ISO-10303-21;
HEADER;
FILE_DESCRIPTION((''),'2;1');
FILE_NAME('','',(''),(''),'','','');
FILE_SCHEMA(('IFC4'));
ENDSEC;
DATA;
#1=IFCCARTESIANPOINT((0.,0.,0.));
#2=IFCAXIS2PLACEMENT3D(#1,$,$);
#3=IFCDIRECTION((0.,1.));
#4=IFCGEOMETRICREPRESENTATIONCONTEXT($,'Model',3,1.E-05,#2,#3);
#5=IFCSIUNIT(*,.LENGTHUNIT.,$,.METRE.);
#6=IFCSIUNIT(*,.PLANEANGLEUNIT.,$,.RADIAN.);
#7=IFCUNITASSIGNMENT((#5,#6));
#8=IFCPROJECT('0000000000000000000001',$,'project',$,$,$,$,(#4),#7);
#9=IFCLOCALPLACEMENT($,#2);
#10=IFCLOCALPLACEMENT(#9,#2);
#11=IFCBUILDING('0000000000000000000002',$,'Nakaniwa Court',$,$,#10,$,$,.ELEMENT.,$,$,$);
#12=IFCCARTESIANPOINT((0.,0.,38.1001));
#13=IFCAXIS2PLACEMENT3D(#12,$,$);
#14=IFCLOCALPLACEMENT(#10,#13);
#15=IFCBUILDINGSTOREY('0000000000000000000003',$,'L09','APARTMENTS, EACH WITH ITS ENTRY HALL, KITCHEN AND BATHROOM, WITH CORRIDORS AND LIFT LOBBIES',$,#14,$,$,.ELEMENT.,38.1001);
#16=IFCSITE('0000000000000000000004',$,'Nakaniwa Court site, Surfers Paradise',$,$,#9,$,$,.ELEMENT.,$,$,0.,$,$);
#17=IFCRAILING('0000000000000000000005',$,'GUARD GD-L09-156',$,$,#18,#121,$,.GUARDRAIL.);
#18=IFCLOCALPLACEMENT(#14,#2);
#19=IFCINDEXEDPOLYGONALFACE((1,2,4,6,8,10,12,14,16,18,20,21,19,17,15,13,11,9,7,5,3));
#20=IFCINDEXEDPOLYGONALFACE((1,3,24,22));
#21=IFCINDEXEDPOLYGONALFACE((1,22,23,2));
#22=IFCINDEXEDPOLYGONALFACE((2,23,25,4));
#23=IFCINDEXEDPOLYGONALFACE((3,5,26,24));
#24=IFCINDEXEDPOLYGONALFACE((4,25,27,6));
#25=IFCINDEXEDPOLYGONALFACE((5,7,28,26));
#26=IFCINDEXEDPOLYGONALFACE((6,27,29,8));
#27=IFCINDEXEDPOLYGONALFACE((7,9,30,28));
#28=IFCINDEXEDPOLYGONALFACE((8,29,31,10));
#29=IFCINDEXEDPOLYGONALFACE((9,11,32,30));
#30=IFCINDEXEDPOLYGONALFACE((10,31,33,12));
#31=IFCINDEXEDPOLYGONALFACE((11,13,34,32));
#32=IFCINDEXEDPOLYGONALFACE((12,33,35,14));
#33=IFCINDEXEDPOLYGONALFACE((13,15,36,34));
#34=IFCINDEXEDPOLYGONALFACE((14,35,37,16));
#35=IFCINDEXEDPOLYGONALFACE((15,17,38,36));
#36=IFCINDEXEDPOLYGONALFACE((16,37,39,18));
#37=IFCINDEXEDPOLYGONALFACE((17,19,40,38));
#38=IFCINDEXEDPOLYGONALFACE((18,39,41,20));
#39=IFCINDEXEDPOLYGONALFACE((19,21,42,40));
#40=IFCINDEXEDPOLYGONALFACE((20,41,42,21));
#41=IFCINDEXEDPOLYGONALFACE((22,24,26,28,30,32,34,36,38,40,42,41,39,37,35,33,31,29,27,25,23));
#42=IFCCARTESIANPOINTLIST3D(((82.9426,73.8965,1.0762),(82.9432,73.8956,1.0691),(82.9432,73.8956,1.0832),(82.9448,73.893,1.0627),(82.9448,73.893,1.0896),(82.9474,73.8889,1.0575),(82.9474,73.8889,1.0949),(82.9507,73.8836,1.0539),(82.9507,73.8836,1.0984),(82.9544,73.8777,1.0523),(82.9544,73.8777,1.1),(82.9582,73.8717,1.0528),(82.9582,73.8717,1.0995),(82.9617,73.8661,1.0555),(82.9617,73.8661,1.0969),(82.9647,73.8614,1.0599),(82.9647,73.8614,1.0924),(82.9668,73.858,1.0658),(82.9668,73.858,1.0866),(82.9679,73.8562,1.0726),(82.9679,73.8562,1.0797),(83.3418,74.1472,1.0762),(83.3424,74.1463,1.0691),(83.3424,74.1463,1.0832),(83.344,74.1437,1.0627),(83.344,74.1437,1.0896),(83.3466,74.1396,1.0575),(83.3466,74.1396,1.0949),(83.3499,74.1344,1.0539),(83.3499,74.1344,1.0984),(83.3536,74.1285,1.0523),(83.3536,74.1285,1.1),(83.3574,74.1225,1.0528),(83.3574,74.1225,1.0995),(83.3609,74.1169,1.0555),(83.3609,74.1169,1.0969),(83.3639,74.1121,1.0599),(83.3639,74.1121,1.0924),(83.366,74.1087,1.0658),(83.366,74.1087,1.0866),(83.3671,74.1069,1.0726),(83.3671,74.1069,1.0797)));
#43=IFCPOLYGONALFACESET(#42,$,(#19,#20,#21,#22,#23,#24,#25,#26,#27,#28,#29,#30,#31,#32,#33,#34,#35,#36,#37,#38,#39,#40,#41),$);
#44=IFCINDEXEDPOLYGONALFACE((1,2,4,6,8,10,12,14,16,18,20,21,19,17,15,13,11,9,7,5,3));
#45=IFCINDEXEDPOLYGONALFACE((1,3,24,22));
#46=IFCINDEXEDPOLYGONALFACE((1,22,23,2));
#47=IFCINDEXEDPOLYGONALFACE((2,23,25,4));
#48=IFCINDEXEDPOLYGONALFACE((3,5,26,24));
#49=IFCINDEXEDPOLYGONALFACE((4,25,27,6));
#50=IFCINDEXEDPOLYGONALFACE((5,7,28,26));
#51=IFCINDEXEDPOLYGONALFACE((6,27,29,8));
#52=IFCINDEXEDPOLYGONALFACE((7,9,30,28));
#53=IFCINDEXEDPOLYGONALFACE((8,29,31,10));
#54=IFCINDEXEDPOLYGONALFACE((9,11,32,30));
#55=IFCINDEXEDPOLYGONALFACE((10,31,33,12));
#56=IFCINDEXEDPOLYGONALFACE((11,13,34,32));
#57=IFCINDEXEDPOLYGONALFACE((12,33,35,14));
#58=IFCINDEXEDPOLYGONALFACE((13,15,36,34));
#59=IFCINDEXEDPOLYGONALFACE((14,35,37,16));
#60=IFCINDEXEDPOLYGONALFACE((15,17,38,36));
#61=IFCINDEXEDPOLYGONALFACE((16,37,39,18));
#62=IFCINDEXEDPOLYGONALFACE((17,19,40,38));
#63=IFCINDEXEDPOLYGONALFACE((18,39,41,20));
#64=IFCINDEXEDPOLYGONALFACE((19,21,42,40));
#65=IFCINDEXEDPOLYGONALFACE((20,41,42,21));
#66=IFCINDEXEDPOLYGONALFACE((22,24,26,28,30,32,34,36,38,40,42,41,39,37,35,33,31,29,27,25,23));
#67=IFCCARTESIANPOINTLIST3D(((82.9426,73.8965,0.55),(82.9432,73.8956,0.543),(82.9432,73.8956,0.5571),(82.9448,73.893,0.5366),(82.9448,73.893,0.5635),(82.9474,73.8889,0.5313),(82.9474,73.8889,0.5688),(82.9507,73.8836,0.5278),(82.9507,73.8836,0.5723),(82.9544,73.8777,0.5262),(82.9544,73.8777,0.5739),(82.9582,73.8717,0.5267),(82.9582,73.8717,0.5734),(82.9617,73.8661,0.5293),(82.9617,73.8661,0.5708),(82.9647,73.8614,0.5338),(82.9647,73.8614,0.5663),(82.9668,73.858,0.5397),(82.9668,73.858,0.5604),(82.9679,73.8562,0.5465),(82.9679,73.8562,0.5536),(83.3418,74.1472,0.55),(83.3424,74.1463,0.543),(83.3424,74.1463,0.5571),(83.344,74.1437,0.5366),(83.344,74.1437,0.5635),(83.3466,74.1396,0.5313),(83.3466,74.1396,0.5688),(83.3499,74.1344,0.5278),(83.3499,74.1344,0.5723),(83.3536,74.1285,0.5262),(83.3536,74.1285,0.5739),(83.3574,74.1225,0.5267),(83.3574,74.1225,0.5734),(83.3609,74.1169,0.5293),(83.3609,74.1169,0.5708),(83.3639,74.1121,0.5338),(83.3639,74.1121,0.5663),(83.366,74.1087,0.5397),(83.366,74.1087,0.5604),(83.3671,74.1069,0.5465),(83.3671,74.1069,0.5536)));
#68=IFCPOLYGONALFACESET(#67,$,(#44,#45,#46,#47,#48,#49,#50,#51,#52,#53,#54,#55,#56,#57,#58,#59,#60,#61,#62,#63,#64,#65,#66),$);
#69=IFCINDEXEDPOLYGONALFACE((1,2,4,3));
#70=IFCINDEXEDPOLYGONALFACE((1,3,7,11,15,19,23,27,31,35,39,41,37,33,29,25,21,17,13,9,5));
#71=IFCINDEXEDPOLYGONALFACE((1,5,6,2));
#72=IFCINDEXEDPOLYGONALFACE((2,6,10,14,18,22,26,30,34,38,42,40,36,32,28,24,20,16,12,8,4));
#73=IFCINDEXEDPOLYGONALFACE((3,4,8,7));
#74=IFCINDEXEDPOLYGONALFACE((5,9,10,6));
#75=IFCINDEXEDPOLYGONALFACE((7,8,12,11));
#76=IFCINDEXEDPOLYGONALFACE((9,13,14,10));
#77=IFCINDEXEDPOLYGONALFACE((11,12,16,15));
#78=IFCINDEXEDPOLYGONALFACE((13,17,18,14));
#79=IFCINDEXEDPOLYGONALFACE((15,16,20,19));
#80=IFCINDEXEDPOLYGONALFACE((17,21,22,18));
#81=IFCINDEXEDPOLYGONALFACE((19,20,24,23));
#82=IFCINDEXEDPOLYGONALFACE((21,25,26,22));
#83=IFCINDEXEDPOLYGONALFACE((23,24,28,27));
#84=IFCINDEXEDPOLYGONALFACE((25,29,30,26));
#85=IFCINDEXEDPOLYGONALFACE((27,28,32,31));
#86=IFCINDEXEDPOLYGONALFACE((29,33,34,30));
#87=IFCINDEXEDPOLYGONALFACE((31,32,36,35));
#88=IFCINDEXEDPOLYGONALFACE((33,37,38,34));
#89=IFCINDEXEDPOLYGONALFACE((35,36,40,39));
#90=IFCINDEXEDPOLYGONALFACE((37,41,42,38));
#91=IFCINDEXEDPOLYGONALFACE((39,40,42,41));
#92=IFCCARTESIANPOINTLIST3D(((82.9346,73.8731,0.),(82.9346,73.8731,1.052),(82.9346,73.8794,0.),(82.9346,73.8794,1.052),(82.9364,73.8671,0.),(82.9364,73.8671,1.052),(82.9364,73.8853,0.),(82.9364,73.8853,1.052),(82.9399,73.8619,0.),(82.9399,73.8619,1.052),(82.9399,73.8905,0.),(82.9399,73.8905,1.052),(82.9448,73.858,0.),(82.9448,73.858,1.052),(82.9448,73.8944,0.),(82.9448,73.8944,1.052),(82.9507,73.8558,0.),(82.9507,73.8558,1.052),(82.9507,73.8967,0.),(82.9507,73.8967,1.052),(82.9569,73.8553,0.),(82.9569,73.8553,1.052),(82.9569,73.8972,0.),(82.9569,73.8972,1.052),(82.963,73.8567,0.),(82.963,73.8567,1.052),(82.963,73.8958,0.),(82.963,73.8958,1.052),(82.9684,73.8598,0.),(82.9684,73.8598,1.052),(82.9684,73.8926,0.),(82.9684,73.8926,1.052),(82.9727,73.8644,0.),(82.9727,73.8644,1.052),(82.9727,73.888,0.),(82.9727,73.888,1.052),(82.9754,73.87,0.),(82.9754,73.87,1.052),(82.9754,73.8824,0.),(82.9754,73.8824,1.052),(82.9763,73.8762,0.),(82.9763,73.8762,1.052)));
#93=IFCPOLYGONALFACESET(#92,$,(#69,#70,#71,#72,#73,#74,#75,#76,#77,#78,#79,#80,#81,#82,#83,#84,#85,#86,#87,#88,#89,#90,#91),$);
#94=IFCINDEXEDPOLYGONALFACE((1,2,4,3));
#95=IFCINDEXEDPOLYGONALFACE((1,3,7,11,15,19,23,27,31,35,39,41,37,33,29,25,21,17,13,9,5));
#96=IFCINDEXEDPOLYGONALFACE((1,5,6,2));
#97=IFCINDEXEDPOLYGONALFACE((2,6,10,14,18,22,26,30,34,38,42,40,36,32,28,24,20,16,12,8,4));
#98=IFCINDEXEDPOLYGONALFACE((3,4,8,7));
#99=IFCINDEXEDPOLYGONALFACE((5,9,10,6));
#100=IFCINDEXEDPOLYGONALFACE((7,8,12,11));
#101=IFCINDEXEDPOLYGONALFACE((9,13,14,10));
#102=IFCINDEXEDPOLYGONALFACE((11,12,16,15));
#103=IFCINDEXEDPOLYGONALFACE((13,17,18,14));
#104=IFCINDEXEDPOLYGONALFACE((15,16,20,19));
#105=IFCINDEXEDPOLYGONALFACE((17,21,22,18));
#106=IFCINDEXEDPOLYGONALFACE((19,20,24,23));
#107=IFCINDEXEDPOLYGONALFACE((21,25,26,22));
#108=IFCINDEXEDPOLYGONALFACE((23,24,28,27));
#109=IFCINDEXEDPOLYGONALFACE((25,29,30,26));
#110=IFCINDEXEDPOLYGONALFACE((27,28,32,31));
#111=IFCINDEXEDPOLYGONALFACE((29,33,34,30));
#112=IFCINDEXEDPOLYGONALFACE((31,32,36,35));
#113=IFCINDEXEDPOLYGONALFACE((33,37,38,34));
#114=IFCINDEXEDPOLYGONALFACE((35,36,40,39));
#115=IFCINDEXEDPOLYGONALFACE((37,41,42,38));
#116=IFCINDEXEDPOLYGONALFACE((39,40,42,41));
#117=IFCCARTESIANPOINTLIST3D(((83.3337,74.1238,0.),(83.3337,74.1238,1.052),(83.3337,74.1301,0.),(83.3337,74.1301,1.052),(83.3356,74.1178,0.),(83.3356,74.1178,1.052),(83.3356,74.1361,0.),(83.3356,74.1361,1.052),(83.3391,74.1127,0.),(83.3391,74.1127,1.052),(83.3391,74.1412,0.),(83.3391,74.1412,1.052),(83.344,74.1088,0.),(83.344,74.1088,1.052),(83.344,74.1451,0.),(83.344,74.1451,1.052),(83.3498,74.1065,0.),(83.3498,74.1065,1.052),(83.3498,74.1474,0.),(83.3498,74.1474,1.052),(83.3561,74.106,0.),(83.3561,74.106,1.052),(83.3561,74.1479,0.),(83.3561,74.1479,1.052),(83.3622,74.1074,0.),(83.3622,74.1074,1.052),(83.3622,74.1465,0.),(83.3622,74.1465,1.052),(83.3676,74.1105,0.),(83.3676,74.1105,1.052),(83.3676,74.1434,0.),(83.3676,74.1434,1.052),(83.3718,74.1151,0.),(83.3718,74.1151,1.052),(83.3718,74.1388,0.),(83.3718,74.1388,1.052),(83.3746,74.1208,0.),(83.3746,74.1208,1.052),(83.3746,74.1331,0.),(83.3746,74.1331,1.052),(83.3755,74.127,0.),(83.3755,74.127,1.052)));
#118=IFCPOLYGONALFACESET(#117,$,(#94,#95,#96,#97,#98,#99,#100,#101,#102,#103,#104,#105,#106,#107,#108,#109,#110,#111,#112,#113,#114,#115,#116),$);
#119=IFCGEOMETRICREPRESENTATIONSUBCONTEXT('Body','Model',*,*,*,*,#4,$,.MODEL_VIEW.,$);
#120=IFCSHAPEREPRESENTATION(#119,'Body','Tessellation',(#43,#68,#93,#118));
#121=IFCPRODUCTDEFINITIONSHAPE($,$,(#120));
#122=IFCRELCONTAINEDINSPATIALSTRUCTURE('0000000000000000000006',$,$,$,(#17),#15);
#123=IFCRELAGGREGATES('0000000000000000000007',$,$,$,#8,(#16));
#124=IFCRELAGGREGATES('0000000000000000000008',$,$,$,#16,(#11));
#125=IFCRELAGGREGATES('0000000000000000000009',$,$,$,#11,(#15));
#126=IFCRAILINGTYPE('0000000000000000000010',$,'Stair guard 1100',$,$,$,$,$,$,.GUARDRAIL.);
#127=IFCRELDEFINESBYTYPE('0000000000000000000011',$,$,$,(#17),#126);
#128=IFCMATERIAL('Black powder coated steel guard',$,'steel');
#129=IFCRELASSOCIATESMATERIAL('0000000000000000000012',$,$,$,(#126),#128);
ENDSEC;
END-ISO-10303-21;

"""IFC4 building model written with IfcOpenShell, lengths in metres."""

from ifc_helpers import new_model, si_unit, direction, frame, origin, origin_2d, place, context, subcontext, project, spatial, circle, extrude, material, type_object, element, save


model = new_model("IFC4")

# Units and contexts
model_context = context("Model", 3, precision=1e-05, world=origin(), true_north=direction((0.0, 1.0)))
body_context = subcontext(model_context, "Body", "Model", "MODEL_VIEW")
ifc_project = project(units=[si_unit("LENGTHUNIT", "METRE"), si_unit("PLANEANGLEUNIT", "RADIAN")], contexts=[model_context])

# Site, building, storey
site_placement = place(None, origin())
site = spatial("IfcSite", under=ifc_project, at=site_placement, Name="Nakaniwa Court site, Surfers Paradise", CompositionType="ELEMENT", RefElevation=0.0)
building_placement = place(site_placement, origin())
building = spatial("IfcBuilding", under=site, at=building_placement, Name="Nakaniwa Court", CompositionType="ELEMENT")
storey_placement = place(building_placement, frame((0.0, 0.0, 38.1001)))
storey = spatial("IfcBuildingStorey", under=building, at=storey_placement, Name="L09", Description="APARTMENTS, EACH WITH ITS ENTRY HALL, KITCHEN AND BATHROOM, WITH CORRIDORS AND LIFT LOBBIES", CompositionType="ELEMENT", Elevation=38.1001)

# Railing
ifc_material_1 = material(Name="Black powder coated steel guard", Category="steel")
railing_type = type_object("IfcRailingType", Name="Stair guard 1100", PredefinedType="GUARDRAIL", material=ifc_material_1)
railing_1_placement = place(storey_placement, frame((82.9553, 73.8762, 0.0)))
element("IfcRailing", 1, at=railing_1_placement, inside=storey, type_object=railing_type, Name="GUARD GD-L09-156", PredefinedType="GUARDRAIL", context=body_context, shape_type="SweptSolid", body=[
    extrude(circle(Radius=0.0239, at=origin_2d()), frame((0.0, 0.0, 1.0762), z_axis=(0.846803, 0.531906, 0.0), x_axis=(-0.531906, 0.846803, 0.0)), (0.0, 0.0, 1.0), 0.4714),
    extrude(circle(Radius=0.0239, at=origin_2d()), frame((0.0, 0.0, 0.55), z_axis=(0.846803, 0.531906, 0.0), x_axis=(-0.531906, 0.846803, 0.0)), (0.0, 0.0, 1.0), 0.4714),
    extrude(circle(Radius=0.021, at=origin_2d()), origin(), (0.0, 0.0, 1.0), 1.052),
    extrude(circle(Radius=0.021, at=origin_2d()), frame((0.3992, 0.2507, 0.0)), (0.0, 0.0, 1.0), 1.052),
])

save(model, "model.ifc")
